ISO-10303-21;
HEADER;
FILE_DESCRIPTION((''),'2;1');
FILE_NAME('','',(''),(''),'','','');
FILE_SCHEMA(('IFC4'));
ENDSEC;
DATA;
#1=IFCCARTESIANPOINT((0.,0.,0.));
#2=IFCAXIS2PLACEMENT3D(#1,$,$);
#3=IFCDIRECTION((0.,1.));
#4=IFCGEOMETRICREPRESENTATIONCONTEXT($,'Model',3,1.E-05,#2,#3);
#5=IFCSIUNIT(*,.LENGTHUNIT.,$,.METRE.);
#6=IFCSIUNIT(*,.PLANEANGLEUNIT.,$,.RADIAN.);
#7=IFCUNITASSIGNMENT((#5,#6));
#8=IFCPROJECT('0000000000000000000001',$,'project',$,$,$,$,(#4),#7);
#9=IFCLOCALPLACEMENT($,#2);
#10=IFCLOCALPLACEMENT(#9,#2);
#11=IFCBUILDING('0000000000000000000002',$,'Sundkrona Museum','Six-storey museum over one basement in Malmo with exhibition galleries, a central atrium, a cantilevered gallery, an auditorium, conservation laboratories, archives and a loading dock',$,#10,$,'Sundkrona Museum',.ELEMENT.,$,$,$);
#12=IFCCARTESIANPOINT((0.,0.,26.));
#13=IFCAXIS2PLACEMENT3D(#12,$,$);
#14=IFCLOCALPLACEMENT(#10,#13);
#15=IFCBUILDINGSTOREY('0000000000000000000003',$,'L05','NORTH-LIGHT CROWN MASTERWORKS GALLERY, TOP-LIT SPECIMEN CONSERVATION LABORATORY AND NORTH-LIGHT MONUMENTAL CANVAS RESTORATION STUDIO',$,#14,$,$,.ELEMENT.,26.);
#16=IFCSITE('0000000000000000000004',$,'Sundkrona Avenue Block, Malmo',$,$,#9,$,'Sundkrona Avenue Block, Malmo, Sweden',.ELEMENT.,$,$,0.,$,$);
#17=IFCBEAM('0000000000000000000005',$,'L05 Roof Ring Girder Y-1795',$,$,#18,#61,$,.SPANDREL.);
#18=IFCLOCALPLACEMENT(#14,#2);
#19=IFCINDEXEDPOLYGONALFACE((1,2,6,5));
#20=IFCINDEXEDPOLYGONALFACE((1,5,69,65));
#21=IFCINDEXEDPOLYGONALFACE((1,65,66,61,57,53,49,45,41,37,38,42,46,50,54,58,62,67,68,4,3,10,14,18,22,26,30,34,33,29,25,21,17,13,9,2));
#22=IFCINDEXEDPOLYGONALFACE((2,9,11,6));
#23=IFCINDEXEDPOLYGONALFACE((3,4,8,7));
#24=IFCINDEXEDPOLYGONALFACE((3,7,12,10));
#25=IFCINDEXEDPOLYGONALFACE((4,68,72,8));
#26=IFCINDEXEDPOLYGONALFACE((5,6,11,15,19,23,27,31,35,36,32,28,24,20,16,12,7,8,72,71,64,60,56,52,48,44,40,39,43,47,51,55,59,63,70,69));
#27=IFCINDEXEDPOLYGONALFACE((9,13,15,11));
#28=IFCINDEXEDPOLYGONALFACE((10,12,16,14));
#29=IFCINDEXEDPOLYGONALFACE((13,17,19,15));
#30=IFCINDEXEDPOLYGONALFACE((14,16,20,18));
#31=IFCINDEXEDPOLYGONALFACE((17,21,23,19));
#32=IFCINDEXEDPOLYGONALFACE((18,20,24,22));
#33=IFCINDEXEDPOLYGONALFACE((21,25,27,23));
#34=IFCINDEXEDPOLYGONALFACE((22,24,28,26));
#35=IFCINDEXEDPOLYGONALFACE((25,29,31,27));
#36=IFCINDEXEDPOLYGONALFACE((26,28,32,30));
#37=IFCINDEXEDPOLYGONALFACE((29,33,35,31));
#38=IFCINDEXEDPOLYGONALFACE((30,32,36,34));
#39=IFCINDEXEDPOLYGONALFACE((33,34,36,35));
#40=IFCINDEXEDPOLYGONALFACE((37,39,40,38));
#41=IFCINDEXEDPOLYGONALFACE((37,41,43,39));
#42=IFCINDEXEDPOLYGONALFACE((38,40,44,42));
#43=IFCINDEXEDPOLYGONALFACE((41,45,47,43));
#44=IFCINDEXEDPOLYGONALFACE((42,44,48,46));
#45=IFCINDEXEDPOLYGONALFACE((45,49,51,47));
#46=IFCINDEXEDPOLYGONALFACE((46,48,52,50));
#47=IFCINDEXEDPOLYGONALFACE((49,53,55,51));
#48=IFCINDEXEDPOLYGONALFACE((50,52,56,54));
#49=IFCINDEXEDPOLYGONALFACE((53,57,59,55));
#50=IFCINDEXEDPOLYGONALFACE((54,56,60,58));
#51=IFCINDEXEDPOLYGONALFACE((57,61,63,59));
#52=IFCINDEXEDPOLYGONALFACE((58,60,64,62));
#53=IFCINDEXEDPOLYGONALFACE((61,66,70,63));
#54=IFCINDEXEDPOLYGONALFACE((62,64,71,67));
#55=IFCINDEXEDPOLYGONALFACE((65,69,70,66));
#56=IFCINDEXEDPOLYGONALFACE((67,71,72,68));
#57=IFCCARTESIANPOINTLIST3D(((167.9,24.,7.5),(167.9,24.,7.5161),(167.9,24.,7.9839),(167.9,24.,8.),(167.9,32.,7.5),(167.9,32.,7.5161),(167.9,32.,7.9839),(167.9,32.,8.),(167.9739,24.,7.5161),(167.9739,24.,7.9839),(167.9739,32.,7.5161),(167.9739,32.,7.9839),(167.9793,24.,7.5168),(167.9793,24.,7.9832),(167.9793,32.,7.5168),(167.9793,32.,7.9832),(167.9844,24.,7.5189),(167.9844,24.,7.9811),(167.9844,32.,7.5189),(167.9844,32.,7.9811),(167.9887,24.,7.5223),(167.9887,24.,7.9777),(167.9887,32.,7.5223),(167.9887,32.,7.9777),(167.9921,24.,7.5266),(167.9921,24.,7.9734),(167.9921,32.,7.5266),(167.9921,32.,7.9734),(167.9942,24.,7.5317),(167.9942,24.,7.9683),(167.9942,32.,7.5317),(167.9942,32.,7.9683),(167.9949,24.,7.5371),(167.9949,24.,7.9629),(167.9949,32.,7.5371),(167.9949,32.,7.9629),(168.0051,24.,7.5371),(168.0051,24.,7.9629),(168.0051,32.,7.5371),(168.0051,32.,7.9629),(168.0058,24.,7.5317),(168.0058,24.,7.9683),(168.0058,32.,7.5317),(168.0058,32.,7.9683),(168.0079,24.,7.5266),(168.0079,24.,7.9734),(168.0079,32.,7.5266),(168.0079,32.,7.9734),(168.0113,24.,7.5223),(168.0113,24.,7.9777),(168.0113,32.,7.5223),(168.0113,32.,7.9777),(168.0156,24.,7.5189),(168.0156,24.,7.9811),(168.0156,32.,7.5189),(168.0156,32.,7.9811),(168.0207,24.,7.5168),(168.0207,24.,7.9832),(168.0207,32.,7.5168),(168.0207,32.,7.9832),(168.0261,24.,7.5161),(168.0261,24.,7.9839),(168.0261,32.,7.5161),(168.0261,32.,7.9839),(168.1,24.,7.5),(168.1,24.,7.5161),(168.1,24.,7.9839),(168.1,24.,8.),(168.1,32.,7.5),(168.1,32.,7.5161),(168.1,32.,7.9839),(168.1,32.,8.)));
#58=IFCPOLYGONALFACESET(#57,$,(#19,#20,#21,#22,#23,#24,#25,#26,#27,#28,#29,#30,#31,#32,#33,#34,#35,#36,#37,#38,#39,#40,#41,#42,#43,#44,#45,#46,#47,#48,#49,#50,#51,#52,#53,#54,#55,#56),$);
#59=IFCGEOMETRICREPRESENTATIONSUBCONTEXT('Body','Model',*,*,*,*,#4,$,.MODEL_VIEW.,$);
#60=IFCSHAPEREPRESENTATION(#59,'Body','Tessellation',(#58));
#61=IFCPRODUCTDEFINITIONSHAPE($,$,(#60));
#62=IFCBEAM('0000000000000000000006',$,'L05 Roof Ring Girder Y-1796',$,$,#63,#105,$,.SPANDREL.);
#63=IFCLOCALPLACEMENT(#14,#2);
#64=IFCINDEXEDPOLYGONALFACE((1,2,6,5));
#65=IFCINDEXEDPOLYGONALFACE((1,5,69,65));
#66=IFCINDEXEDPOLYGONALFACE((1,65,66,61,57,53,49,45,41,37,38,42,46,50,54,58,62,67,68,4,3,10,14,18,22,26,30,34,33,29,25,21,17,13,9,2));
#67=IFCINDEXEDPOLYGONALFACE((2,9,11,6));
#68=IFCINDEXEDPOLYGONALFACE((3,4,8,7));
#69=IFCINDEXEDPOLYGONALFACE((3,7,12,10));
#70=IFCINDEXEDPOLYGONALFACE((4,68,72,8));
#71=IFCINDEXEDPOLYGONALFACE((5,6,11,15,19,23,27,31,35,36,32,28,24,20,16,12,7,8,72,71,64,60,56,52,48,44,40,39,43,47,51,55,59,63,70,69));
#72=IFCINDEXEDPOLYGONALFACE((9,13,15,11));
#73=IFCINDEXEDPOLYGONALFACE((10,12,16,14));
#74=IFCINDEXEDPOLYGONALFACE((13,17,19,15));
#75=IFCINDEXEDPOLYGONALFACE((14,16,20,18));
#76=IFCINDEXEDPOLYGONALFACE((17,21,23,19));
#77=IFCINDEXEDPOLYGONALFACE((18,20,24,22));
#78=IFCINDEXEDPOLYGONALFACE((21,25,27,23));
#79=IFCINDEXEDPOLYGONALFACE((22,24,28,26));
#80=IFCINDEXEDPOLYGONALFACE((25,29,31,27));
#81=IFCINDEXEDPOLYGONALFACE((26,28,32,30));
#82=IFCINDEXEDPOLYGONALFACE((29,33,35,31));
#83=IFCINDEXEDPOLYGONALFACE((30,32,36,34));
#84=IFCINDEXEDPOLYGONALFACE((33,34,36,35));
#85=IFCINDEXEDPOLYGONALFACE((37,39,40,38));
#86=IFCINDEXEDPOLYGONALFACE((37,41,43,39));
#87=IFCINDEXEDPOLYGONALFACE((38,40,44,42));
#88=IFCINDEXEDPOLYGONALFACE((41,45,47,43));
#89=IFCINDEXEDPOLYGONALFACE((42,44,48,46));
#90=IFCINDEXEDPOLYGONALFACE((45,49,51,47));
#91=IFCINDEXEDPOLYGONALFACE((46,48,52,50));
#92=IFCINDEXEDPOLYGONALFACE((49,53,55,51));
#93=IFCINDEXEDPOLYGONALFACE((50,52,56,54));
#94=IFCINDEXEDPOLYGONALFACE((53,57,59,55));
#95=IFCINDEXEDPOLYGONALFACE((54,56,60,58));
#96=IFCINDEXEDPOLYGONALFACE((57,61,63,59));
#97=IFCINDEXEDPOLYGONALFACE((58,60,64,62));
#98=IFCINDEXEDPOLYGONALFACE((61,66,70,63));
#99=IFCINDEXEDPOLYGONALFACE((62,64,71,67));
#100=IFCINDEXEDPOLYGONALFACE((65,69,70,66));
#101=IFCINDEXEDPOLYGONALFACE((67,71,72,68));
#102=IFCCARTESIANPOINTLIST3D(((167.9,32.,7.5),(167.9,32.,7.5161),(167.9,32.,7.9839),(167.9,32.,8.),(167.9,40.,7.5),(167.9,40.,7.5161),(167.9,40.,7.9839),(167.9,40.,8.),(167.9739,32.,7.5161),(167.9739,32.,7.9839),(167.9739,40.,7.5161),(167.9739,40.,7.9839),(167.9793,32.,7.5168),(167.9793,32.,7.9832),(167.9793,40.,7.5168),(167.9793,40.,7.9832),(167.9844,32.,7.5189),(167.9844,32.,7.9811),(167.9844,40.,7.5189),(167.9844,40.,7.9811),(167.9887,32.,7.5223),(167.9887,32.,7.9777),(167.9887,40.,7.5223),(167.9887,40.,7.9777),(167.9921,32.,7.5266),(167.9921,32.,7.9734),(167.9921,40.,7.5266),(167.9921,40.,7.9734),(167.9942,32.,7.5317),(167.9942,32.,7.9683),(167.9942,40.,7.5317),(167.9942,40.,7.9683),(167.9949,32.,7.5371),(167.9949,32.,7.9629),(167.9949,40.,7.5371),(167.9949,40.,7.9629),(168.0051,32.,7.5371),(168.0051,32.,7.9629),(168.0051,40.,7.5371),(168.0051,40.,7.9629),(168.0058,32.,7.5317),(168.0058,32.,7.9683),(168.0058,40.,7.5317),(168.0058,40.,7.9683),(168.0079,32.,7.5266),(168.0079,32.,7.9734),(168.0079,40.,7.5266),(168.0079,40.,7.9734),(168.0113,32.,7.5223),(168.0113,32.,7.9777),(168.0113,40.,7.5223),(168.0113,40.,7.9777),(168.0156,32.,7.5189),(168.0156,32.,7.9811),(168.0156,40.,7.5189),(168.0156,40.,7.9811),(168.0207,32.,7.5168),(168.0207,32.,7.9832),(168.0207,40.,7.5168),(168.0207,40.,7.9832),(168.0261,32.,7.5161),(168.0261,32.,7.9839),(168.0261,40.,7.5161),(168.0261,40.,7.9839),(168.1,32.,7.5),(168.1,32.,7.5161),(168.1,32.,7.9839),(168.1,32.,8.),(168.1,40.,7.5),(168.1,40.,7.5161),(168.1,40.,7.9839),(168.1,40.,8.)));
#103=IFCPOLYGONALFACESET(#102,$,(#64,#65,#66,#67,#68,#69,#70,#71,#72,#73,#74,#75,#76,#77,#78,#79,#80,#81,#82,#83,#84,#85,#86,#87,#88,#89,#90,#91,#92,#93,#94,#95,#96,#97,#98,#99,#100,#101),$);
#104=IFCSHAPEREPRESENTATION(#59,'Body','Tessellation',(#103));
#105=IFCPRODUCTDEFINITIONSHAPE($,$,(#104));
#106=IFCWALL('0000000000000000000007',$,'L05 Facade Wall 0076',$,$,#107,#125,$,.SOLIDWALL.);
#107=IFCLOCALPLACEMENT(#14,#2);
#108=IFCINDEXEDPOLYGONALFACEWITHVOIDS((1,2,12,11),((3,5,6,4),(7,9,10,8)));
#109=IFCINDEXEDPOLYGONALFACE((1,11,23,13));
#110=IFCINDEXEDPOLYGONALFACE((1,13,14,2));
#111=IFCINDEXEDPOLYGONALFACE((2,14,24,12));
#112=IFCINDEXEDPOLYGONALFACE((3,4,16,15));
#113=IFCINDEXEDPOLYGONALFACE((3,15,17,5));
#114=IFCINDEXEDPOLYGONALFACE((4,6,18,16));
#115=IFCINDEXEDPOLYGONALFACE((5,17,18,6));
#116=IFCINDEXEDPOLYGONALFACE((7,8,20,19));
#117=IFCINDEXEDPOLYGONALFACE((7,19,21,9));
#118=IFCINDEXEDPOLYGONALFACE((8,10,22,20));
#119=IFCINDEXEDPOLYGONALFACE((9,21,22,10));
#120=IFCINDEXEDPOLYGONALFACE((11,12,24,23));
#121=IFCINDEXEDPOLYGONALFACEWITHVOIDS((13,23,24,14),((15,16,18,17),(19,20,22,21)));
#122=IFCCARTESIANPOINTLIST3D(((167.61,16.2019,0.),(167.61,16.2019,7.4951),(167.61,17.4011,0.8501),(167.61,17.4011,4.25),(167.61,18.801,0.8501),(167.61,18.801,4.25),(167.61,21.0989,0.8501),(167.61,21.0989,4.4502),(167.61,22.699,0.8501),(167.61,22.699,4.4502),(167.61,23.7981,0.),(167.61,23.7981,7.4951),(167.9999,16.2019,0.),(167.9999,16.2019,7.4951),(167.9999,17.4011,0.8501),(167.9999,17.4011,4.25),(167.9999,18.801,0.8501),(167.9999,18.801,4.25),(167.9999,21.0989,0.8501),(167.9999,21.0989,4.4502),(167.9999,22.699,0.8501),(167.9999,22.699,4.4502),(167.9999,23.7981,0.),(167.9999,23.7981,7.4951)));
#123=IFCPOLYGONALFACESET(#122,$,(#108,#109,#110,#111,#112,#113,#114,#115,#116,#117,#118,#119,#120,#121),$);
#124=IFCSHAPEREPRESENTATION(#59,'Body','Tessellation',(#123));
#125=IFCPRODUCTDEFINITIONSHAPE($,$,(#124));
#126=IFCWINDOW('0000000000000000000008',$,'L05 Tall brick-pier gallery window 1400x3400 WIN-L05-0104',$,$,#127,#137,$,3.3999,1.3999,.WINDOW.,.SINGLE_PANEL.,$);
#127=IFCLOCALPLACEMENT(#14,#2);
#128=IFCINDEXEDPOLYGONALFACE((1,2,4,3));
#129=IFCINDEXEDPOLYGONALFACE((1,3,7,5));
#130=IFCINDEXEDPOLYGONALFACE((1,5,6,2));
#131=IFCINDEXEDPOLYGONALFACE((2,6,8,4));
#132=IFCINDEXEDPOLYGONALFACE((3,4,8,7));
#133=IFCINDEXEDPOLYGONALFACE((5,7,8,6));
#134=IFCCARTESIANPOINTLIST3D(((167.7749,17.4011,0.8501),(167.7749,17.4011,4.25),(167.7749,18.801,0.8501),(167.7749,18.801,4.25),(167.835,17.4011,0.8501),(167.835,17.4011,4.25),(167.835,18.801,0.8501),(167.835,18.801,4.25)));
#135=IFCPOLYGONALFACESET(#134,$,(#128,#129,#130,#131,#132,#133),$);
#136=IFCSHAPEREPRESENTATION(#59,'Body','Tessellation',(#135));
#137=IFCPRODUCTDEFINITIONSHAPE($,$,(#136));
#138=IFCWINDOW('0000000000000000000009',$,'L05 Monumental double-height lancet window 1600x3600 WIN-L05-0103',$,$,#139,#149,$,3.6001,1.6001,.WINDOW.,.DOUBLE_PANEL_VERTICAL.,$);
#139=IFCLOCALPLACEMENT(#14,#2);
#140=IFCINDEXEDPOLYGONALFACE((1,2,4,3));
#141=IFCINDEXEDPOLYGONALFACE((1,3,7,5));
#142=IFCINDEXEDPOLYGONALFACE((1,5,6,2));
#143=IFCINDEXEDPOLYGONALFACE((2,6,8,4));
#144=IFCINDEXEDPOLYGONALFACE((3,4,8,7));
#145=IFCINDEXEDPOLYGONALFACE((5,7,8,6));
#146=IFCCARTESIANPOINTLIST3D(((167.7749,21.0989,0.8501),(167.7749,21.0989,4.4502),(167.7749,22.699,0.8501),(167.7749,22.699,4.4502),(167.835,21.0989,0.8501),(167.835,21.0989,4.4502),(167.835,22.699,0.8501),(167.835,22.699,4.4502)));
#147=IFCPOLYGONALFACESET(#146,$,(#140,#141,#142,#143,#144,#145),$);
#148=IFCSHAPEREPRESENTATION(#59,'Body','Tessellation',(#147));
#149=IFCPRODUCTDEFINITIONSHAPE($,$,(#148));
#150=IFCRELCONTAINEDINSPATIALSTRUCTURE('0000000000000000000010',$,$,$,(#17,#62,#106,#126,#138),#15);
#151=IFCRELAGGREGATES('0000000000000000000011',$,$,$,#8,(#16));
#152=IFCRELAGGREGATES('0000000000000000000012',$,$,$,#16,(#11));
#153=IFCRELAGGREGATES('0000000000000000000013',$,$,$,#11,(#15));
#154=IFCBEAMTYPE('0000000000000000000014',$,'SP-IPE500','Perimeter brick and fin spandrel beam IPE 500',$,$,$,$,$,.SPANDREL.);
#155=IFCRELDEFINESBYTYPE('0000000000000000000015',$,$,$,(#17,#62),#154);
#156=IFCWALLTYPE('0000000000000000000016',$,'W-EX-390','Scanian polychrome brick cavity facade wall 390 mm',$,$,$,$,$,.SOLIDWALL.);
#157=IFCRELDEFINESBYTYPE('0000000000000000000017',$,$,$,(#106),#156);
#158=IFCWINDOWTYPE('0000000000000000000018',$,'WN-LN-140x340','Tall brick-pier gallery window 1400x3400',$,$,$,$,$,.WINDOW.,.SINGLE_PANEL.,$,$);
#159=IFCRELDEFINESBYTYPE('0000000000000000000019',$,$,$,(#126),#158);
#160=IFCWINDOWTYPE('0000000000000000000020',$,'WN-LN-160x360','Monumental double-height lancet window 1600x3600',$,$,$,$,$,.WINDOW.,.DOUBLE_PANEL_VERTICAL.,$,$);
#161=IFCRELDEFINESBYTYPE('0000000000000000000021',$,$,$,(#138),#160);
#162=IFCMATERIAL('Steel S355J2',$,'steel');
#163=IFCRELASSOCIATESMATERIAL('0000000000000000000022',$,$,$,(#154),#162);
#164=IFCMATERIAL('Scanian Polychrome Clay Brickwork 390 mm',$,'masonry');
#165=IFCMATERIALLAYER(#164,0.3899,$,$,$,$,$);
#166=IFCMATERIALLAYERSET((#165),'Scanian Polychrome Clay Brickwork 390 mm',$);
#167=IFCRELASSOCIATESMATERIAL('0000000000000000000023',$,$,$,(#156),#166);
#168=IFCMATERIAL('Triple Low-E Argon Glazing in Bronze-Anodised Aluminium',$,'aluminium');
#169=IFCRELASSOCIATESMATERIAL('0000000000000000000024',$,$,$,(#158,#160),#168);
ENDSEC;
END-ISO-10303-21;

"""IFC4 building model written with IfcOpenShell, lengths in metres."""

from ifc_helpers import new_model, si_unit, direction, frame, frame_2d, origin, origin_2d, place, context, subcontext, project, spatial, rectangle, i_section, extrude, material, layer, layer_set, material_profile, profile_set, type_object, element, fill, save


model = new_model("IFC4")

# Units and contexts
model_context = context("Model", 3, precision=1e-05, world=origin(), true_north=direction((0.0, 1.0)))
body_context = subcontext(model_context, "Body", "Model", "MODEL_VIEW")
ifc_project = project(units=[si_unit("LENGTHUNIT", "METRE"), si_unit("PLANEANGLEUNIT", "RADIAN")], contexts=[model_context])

# Site, building, storey
site_placement = place(None, origin())
site = spatial("IfcSite", under=ifc_project, at=site_placement, Name="Sundkrona Avenue Block, Malmo", LongName="Sundkrona Avenue Block, Malmo, Sweden", CompositionType="ELEMENT", RefElevation=0.0)
building_placement = place(site_placement, origin())
building = spatial("IfcBuilding", under=site, at=building_placement, Name="Sundkrona Museum", Description="Six-storey museum over one basement in Malmo with exhibition galleries, a central atrium, a cantilevered gallery, an auditorium, conservation laboratories, archives and a loading dock", LongName="Sundkrona Museum", CompositionType="ELEMENT")
storey_placement = place(building_placement, frame((0.0, 0.0, 26.0)))
storey = spatial("IfcBuildingStorey", under=building, at=storey_placement, Name="L05", Description="NORTH-LIGHT CROWN MASTERWORKS GALLERY, TOP-LIT SPECIMEN CONSERVATION LABORATORY AND NORTH-LIGHT MONUMENTAL CANVAS RESTORATION STUDIO", CompositionType="ELEMENT", Elevation=26.0)

# Shared definitions
ifc_material_1 = material(Name="Steel S355J2", Category="steel")

# Beams
ifc_material_profile_1 = material_profile(ifc_material_1, i_section(OverallWidth=0.2, OverallDepth=0.5, WebThickness=0.0103, FlangeThickness=0.0161, FilletRadius=0.021, at=origin_2d()), Name="IPE 500")
ifc_profile_set_1 = profile_set([ifc_material_profile_1], Name="Steel S355J2")
beam_type = type_object("IfcBeamType", Name="SP-IPE500", Description="Perimeter brick and fin spandrel beam IPE 500", PredefinedType="SPANDREL", material=ifc_profile_set_1)
for number, where, z_axis, x_axis, name in (
    (1, (168.0, 24.0, 7.75), (0.0, 1.0, 0.0), (-1.0, 0.0, 0.0), "L05 Roof Ring Girder Y-1795"),
    (2, (168.0, 32.0, 7.75), (0.0, 1.0, 0.0), (-1.0, 0.0, 0.0), "L05 Roof Ring Girder Y-1796"),
):
    element("IfcBeam", number, at=place(storey_placement, frame(where, z_axis=z_axis, x_axis=x_axis)), inside=storey, type_object=beam_type, Name=name, PredefinedType="SPANDREL", context=body_context, shape_type="SweptSolid", body=[
        extrude(i_section(OverallWidth=0.2, OverallDepth=0.5, WebThickness=0.0103, FlangeThickness=0.0161, FilletRadius=0.021, at=origin_2d()), origin(), (0.0, 0.0, 1.0), 8.0),
    ])

# Wall, openings, windows
ifc_material_2 = material(Name="Scanian Polychrome Clay Brickwork 390 mm", Category="masonry")
ifc_layer_1 = layer(ifc_material_2, 0.3899)
ifc_layer_set_1 = layer_set([ifc_layer_1], Name="Scanian Polychrome Clay Brickwork 390 mm")
wall_type_1 = type_object("IfcWallType", Name="W-EX-390", Description="Scanian polychrome brick cavity facade wall 390 mm", PredefinedType="SOLIDWALL", material=ifc_layer_set_1)
wall_1_placement = place(storey_placement, frame((167.8049, 23.7981, 0.0), z_axis=(0.0, 0.0, 1.0), x_axis=(0.0, -1.0, 0.0)))
wall_1 = element("IfcWall", 3, at=wall_1_placement, inside=storey, type_object=wall_type_1, Name="L05 Facade Wall 0076", PredefinedType="SOLIDWALL", context=body_context, shape_type="SweptSolid", body=[
    extrude(rectangle(XDim=7.5962, YDim=0.3899, at=frame_2d((3.7981, 0.0))), origin(), (0.0, 0.0, 1.0), 7.4951),
])
opening_1_placement = place(wall_1_placement, frame((1.0991, 0.0, 0.8501)))
opening_1 = element("IfcOpeningElement", 4, at=opening_1_placement, cuts=wall_1, PredefinedType="OPENING", context=body_context, shape_type="SweptSolid", body=[
    extrude(rectangle(XDim=1.6001, YDim=3.6001, at=frame_2d((0.8, 1.8))), frame((0.0, 0.2048, 0.0), z_axis=(0.0, -1.0, 0.0), x_axis=(1.0, 0.0, 0.0)), (0.0, 0.0, 1.0), 0.4099),
])
opening_2_placement = place(wall_1_placement, frame((4.9971, 0.0, 0.8501)))
opening_2 = element("IfcOpeningElement", 5, at=opening_2_placement, cuts=wall_1, PredefinedType="OPENING", context=body_context, shape_type="SweptSolid", body=[
    extrude(rectangle(XDim=1.3999, YDim=3.3999, at=frame_2d((0.7, 1.7))), frame((0.0, 0.2048, 0.0), z_axis=(0.0, -1.0, 0.0), x_axis=(1.0, 0.0, 0.0)), (0.0, 0.0, 1.0), 0.4099),
])
ifc_material_3 = material(Name="Triple Low-E Argon Glazing in Bronze-Anodised Aluminium", Category="aluminium")
window_type_1 = type_object("IfcWindowType", Name="WN-LN-140x340", Description="Tall brick-pier gallery window 1400x3400", PartitioningType="SINGLE_PANEL", PredefinedType="WINDOW", material=ifc_material_3)
window_1_placement = place(opening_2_placement, origin())
window_1 = element("IfcWindow", 6, at=window_1_placement, inside=storey, type_object=window_type_1, Name="L05 Tall brick-pier gallery window 1400x3400 WIN-L05-0104", OverallHeight=3.3999, OverallWidth=1.3999, PartitioningType="SINGLE_PANEL", PredefinedType="WINDOW", context=body_context, shape_type="SweptSolid", body=[
    extrude(rectangle(XDim=1.3999, YDim=3.3999, at=frame_2d((0.7, 1.7))), frame((0.0, 0.03, 0.0), z_axis=(0.0, -1.0, 0.0), x_axis=(1.0, 0.0, 0.0)), (0.0, 0.0, 1.0), 0.0601),
])
fill(opening_2, window_1)
window_type_2 = type_object("IfcWindowType", Name="WN-LN-160x360", Description="Monumental double-height lancet window 1600x3600", PartitioningType="DOUBLE_PANEL_VERTICAL", PredefinedType="WINDOW", material=ifc_material_3)
window_2_placement = place(opening_1_placement, origin())
window_2 = element("IfcWindow", 7, at=window_2_placement, inside=storey, type_object=window_type_2, Name="L05 Monumental double-height lancet window 1600x3600 WIN-L05-0103", OverallHeight=3.6001, OverallWidth=1.6001, PartitioningType="DOUBLE_PANEL_VERTICAL", PredefinedType="WINDOW", context=body_context, shape_type="SweptSolid", body=[
    extrude(rectangle(XDim=1.6001, YDim=3.6001, at=frame_2d((0.8, 1.8))), frame((0.0, 0.03, 0.0), z_axis=(0.0, -1.0, 0.0), x_axis=(1.0, 0.0, 0.0)), (0.0, 0.0, 1.0), 0.0601),
])
fill(opening_1, window_2)

save(model, "model.ifc")
